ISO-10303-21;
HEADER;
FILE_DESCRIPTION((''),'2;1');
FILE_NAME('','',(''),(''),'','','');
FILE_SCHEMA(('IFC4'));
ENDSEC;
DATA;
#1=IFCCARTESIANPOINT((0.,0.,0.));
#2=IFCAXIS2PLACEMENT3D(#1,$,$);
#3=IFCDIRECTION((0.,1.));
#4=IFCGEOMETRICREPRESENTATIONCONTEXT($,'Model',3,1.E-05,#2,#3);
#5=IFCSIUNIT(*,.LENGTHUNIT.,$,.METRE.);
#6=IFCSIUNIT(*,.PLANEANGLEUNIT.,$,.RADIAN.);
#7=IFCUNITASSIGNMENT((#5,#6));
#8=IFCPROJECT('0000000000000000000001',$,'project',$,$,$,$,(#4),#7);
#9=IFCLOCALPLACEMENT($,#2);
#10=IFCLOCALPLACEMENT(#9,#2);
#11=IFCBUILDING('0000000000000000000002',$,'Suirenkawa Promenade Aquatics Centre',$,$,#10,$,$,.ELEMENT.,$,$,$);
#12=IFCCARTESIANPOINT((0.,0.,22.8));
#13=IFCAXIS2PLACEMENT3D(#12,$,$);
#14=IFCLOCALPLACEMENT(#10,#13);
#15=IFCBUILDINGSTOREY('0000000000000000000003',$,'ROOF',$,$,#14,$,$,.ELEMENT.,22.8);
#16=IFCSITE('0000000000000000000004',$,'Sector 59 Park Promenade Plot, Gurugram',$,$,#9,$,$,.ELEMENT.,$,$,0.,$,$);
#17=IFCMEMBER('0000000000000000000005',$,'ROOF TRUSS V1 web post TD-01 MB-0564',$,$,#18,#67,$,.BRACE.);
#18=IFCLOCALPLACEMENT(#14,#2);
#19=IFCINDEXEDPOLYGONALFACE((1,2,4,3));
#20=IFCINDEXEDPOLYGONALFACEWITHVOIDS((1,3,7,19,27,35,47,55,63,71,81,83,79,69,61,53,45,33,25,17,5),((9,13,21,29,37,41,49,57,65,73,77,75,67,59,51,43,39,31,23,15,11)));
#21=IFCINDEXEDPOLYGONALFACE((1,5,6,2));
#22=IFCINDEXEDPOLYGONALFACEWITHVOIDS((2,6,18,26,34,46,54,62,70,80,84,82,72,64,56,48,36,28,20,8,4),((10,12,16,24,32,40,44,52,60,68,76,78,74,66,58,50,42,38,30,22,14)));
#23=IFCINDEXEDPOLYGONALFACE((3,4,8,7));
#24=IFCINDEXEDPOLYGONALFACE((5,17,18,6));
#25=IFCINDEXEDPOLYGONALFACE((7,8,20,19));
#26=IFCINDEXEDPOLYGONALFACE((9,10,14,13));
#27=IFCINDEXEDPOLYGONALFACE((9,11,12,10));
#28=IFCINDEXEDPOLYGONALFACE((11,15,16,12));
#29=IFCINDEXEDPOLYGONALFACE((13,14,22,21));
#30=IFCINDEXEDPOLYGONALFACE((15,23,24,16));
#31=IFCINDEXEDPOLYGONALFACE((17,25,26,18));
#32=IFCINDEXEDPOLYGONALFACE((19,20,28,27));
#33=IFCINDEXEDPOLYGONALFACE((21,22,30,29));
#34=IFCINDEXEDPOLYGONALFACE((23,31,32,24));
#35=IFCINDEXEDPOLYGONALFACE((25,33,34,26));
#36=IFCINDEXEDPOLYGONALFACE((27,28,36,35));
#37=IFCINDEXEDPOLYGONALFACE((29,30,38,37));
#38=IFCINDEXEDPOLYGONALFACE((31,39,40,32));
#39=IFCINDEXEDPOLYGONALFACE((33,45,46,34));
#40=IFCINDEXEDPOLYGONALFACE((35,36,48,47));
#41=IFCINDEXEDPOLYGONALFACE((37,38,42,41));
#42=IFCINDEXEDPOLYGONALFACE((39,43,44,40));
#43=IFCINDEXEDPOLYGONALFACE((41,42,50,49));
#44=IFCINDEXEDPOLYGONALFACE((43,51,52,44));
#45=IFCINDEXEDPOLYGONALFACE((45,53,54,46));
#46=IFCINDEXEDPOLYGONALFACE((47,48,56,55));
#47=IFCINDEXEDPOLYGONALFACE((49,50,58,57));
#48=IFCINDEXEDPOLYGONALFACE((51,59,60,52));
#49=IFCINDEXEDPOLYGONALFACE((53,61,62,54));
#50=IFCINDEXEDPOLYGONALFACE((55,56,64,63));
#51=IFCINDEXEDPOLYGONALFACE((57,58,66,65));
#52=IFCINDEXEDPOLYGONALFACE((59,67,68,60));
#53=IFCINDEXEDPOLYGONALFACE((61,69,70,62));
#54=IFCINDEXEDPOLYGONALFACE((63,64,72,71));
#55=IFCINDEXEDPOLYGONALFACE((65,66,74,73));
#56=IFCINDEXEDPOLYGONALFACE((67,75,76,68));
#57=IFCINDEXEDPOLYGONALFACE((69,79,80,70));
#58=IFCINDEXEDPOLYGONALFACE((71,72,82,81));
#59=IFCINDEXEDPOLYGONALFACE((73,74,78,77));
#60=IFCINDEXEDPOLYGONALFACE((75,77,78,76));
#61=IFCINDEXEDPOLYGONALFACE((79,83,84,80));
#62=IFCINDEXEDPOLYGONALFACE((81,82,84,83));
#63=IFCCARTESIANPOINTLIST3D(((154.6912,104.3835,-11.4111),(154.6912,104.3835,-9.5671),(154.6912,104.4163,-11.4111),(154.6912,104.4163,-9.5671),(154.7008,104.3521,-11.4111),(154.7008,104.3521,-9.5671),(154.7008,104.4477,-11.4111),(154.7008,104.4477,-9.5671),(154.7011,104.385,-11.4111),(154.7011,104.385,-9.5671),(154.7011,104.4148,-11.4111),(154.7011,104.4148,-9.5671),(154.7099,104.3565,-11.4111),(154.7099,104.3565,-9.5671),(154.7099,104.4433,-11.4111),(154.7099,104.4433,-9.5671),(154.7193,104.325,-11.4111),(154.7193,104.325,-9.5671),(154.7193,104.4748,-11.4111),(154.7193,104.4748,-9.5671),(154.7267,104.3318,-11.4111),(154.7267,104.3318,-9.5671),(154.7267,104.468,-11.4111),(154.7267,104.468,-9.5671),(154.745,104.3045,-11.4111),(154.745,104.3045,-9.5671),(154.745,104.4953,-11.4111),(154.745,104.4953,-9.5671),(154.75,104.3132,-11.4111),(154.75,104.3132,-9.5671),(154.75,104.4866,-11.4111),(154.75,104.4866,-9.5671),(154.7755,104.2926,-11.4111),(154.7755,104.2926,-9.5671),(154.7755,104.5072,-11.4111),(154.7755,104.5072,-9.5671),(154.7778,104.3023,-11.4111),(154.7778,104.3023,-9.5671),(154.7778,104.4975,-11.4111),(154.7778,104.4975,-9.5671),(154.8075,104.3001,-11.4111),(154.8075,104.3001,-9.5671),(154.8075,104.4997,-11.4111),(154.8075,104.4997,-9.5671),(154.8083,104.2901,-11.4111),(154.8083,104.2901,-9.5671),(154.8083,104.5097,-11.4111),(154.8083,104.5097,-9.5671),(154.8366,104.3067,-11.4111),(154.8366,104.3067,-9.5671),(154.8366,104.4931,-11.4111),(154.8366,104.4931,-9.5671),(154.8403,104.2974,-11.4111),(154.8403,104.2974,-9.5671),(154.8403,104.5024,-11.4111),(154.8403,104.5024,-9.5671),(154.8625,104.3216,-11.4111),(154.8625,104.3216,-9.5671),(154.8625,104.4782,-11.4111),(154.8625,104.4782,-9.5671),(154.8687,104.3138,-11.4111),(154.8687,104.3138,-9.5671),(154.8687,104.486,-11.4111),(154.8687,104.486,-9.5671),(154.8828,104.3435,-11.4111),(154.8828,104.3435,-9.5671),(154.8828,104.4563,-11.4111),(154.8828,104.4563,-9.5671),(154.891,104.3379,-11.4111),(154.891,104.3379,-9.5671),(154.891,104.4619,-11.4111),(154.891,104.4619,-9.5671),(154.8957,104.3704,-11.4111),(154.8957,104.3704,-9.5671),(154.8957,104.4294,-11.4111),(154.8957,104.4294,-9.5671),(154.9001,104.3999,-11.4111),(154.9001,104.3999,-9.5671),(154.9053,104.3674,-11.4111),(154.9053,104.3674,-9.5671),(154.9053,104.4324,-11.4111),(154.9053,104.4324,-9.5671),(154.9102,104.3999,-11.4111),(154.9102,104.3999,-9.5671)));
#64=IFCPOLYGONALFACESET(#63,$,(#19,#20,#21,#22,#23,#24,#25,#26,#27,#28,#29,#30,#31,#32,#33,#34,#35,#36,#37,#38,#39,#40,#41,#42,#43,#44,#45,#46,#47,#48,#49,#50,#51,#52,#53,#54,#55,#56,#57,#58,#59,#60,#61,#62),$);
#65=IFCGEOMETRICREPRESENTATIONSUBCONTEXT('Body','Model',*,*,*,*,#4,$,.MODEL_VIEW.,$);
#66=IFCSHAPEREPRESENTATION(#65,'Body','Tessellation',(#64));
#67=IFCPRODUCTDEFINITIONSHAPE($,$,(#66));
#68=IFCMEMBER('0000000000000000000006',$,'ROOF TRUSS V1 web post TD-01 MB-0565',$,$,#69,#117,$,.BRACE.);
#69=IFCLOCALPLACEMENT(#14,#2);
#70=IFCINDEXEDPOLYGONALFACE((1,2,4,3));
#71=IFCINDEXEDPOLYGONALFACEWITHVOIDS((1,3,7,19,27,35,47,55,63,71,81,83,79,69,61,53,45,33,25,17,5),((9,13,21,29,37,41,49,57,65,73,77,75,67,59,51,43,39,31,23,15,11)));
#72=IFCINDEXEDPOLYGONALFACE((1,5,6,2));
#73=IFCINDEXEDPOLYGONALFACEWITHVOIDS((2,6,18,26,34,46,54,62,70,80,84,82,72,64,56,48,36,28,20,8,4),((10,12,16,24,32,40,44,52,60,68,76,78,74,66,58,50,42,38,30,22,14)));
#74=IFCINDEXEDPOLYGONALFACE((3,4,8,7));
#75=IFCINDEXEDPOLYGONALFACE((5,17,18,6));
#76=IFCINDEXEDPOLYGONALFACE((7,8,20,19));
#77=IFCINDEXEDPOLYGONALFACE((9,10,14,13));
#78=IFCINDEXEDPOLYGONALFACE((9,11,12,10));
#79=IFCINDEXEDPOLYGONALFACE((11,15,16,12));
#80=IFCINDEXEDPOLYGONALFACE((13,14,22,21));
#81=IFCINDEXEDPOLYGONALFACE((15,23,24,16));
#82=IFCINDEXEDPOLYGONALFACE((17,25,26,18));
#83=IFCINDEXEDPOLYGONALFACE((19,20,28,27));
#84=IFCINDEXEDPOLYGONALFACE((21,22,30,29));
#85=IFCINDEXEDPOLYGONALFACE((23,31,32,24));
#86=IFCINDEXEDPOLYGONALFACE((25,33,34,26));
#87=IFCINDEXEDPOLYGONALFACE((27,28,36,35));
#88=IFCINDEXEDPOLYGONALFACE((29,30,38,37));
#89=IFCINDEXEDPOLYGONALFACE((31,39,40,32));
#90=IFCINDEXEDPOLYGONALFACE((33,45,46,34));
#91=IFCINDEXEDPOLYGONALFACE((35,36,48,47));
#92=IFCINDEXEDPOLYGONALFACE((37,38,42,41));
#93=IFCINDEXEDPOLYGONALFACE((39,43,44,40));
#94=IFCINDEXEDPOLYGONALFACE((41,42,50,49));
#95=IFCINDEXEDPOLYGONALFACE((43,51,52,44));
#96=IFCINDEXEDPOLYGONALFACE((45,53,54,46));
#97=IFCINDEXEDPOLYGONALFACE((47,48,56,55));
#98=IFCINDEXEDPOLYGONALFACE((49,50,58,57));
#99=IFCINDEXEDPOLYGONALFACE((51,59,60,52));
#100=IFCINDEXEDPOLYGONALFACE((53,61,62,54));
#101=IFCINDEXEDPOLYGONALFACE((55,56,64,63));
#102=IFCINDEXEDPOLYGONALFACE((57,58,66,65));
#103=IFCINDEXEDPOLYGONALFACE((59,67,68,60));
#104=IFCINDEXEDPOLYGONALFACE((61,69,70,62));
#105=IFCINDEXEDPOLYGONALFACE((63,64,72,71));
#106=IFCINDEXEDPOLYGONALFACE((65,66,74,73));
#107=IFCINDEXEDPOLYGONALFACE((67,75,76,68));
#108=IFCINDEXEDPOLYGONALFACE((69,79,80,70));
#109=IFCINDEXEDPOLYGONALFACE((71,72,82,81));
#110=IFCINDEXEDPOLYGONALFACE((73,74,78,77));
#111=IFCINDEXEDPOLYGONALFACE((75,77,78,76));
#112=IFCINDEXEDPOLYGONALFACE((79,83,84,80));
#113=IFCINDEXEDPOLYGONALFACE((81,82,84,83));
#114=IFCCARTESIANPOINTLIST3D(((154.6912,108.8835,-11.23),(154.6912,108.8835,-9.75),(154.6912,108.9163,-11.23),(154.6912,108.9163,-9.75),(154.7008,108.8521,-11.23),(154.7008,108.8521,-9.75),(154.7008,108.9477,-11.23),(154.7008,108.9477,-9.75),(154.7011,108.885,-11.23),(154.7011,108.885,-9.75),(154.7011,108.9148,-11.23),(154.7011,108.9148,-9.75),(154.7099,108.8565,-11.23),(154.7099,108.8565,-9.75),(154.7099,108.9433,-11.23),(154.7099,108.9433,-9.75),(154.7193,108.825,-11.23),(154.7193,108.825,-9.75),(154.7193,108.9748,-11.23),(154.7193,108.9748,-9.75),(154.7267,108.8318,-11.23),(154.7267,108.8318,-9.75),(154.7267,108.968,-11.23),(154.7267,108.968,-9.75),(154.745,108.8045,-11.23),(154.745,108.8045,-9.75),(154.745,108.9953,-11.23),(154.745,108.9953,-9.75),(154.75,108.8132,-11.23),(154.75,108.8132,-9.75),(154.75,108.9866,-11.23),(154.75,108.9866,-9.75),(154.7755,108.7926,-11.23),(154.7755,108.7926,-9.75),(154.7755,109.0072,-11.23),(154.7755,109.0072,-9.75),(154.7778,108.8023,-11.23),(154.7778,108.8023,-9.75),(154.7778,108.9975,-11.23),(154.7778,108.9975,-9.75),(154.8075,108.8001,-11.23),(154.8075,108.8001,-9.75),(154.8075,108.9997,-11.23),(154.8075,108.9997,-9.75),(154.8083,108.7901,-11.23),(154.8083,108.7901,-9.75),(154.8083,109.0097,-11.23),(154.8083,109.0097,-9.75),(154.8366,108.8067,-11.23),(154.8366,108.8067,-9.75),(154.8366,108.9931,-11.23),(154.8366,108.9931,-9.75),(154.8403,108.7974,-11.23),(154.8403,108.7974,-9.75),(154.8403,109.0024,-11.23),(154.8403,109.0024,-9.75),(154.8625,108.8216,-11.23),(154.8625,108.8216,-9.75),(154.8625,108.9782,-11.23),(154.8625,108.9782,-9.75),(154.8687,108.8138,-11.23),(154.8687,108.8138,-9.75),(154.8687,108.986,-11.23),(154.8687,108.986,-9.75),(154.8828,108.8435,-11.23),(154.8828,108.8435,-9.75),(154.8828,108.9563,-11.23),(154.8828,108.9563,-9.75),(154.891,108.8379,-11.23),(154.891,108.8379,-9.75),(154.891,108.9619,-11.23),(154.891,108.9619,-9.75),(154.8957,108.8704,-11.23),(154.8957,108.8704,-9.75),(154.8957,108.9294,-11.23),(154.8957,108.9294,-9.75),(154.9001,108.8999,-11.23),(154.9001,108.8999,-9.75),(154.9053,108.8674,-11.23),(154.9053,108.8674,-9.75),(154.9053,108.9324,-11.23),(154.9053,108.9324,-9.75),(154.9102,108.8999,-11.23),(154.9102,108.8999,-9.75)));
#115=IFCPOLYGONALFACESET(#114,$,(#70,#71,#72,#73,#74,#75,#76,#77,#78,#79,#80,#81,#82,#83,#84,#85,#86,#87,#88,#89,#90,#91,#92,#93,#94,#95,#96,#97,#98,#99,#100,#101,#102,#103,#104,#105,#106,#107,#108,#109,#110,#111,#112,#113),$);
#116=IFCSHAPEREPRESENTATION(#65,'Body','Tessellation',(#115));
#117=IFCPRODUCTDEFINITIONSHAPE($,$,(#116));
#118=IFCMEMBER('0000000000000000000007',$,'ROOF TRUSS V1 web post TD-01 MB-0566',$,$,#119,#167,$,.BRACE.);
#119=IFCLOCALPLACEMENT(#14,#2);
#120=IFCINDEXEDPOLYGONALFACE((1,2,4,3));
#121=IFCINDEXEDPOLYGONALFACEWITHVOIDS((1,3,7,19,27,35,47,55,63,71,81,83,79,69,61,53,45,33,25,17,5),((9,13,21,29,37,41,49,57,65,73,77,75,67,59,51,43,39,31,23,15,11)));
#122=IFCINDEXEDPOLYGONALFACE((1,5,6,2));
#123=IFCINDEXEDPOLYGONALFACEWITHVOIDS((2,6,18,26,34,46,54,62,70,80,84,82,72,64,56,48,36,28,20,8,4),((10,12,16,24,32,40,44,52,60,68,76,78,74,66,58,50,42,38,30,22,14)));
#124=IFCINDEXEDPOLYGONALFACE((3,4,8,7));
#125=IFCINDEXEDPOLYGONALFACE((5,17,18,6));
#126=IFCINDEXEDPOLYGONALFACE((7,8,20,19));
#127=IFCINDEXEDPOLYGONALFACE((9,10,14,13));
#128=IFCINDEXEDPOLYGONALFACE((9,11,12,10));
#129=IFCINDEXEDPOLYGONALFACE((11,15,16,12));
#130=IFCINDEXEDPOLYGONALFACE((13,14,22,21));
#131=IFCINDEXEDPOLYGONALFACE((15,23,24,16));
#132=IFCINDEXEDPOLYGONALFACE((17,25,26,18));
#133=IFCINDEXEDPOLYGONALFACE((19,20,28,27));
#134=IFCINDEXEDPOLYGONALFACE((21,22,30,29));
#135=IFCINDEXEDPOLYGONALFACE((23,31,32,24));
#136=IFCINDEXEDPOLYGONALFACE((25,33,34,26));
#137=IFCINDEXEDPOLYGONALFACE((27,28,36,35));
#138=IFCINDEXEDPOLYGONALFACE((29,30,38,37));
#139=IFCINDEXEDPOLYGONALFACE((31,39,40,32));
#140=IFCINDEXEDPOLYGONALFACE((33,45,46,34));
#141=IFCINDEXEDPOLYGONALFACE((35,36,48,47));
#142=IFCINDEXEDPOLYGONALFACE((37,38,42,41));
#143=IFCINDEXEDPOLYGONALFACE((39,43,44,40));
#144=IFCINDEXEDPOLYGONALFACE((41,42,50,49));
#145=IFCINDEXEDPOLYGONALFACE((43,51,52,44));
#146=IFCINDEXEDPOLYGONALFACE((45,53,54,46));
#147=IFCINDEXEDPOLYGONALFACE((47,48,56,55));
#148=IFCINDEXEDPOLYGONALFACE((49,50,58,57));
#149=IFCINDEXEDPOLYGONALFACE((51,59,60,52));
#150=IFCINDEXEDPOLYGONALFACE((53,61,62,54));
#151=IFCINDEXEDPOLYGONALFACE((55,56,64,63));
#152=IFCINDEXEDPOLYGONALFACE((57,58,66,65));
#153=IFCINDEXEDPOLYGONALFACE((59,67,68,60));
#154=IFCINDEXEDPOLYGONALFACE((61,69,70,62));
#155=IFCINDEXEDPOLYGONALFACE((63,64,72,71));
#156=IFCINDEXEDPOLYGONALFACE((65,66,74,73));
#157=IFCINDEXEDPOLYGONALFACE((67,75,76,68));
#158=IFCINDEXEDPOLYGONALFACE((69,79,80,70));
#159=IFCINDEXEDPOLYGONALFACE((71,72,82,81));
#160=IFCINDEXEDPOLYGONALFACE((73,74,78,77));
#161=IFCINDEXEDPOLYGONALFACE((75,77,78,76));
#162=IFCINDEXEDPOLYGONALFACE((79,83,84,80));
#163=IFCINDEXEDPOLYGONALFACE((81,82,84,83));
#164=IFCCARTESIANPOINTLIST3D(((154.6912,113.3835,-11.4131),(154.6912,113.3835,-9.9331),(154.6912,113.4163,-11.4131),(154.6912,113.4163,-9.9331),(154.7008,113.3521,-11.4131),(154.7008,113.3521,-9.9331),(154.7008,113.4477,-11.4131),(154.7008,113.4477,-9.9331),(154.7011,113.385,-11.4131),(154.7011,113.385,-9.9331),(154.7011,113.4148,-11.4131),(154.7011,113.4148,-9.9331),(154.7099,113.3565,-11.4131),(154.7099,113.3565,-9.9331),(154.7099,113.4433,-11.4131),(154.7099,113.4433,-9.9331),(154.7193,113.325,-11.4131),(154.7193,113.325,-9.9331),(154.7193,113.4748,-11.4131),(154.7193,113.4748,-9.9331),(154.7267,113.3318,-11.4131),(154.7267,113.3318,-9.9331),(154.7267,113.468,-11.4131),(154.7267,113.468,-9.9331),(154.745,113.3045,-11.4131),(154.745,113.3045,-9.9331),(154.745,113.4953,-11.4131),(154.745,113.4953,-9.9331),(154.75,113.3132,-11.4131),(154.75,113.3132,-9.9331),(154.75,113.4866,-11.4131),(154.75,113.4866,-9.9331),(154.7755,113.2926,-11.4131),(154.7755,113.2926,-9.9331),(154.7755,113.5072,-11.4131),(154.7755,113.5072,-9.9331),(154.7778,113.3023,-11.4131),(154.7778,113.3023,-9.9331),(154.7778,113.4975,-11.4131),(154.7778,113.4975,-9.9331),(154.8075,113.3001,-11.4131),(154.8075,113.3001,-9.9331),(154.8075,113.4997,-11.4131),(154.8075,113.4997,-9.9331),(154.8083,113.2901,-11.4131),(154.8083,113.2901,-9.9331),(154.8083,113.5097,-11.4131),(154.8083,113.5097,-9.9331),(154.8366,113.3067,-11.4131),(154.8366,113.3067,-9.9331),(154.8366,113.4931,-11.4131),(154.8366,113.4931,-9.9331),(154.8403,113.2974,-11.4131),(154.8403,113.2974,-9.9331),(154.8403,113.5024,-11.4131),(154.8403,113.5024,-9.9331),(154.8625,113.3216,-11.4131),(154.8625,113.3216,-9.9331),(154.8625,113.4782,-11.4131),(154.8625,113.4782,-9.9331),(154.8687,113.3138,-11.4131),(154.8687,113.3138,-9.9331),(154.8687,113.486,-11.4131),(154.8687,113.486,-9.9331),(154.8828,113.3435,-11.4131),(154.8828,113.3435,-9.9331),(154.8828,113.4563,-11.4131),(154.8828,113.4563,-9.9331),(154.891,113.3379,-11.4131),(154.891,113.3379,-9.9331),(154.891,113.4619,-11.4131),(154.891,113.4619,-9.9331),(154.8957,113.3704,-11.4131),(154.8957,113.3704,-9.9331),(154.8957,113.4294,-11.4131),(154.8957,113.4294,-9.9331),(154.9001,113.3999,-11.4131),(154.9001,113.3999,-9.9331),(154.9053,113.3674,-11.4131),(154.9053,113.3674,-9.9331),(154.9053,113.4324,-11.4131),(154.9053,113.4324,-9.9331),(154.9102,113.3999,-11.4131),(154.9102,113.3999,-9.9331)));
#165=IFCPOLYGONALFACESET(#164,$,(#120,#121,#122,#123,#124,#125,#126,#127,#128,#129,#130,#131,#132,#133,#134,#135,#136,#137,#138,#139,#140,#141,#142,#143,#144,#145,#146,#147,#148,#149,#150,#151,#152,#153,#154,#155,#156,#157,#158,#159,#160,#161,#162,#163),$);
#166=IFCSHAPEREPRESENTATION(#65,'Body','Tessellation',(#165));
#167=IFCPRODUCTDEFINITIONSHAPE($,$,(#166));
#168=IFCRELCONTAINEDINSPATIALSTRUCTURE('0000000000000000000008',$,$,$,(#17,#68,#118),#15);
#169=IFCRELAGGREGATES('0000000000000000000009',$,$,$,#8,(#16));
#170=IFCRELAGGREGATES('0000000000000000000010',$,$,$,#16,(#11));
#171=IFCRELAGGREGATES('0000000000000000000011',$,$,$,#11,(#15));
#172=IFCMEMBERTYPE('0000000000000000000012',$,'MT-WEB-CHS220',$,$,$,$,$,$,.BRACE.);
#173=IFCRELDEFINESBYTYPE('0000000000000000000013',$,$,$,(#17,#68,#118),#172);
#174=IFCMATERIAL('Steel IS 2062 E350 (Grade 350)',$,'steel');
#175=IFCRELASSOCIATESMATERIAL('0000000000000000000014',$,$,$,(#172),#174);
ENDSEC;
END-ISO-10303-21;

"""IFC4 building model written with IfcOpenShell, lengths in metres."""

from ifc_helpers import new_model, si_unit, direction, frame, origin, origin_2d, place, context, subcontext, project, spatial, hollow_circle, extrude, material, material_profile, profile_set, type_object, element, save


model = new_model("IFC4")

# Units and contexts
model_context = context("Model", 3, precision=1e-05, world=origin(), true_north=direction((0.0, 1.0)))
body_context = subcontext(model_context, "Body", "Model", "MODEL_VIEW")
ifc_project = project(units=[si_unit("LENGTHUNIT", "METRE"), si_unit("PLANEANGLEUNIT", "RADIAN")], contexts=[model_context])

# Site, building, storey
site_placement = place(None, origin())
site = spatial("IfcSite", under=ifc_project, at=site_placement, Name="Sector 59 Park Promenade Plot, Gurugram", CompositionType="ELEMENT", RefElevation=0.0)
building_placement = place(site_placement, origin())
building = spatial("IfcBuilding", under=site, at=building_placement, Name="Suirenkawa Promenade Aquatics Centre", CompositionType="ELEMENT")
storey_placement = place(building_placement, frame((0.0, 0.0, 22.8)))
storey = spatial("IfcBuildingStorey", under=building, at=storey_placement, Name="ROOF", CompositionType="ELEMENT", Elevation=22.8)

# Shared definitions
ifc_material = material(Name="Steel IS 2062 E350 (Grade 350)", Category="steel")

# Members
ifc_material_profile_1 = material_profile(ifc_material, hollow_circle(Radius=0.1101, WallThickness=0.01, at=origin_2d()), Name="CHS 220x10", Category="steel")
ifc_profile_set_1 = profile_set([ifc_material_profile_1], Name="Steel IS 2062 E350 (Grade 350)")
member_type_1 = type_object("IfcMemberType", Name="MT-WEB-CHS220", PredefinedType="BRACE", material=ifc_profile_set_1)
member_1_placement = place(storey_placement, frame((154.8, 104.3999, -11.4111), z_axis=(0.0, 0.0, 1.0), x_axis=(1.0, 0.0, 0.0)))
element("IfcMember", 1, at=member_1_placement, inside=storey, type_object=member_type_1, Name="ROOF TRUSS V1 web post TD-01 MB-0564", PredefinedType="BRACE", context=body_context, shape_type="SweptSolid", body=[
    extrude(hollow_circle(Radius=0.1101, WallThickness=0.01, at=origin_2d()), origin(), (0.0, 0.0, 1.0), 1.844),
])
for number, where, z_axis, x_axis, name in (
    (2, (154.8, 108.8999, -11.23), (0.0, 0.0, 1.0), (1.0, 0.0, 0.0), "ROOF TRUSS V1 web post TD-01 MB-0565"),
    (3, (154.8, 113.3999, -11.4131), (0.0, 0.0, 1.0), (1.0, 0.0, 0.0), "ROOF TRUSS V1 web post TD-01 MB-0566"),
):
    element("IfcMember", number, at=place(storey_placement, frame(where, z_axis=z_axis, x_axis=x_axis)), inside=storey, type_object=member_type_1, Name=name, PredefinedType="BRACE", context=body_context, shape_type="SweptSolid", body=[
        extrude(hollow_circle(Radius=0.1101, WallThickness=0.01, at=origin_2d()), origin(), (0.0, 0.0, 1.0), 1.48),
    ])

save(model, "model.ifc")
